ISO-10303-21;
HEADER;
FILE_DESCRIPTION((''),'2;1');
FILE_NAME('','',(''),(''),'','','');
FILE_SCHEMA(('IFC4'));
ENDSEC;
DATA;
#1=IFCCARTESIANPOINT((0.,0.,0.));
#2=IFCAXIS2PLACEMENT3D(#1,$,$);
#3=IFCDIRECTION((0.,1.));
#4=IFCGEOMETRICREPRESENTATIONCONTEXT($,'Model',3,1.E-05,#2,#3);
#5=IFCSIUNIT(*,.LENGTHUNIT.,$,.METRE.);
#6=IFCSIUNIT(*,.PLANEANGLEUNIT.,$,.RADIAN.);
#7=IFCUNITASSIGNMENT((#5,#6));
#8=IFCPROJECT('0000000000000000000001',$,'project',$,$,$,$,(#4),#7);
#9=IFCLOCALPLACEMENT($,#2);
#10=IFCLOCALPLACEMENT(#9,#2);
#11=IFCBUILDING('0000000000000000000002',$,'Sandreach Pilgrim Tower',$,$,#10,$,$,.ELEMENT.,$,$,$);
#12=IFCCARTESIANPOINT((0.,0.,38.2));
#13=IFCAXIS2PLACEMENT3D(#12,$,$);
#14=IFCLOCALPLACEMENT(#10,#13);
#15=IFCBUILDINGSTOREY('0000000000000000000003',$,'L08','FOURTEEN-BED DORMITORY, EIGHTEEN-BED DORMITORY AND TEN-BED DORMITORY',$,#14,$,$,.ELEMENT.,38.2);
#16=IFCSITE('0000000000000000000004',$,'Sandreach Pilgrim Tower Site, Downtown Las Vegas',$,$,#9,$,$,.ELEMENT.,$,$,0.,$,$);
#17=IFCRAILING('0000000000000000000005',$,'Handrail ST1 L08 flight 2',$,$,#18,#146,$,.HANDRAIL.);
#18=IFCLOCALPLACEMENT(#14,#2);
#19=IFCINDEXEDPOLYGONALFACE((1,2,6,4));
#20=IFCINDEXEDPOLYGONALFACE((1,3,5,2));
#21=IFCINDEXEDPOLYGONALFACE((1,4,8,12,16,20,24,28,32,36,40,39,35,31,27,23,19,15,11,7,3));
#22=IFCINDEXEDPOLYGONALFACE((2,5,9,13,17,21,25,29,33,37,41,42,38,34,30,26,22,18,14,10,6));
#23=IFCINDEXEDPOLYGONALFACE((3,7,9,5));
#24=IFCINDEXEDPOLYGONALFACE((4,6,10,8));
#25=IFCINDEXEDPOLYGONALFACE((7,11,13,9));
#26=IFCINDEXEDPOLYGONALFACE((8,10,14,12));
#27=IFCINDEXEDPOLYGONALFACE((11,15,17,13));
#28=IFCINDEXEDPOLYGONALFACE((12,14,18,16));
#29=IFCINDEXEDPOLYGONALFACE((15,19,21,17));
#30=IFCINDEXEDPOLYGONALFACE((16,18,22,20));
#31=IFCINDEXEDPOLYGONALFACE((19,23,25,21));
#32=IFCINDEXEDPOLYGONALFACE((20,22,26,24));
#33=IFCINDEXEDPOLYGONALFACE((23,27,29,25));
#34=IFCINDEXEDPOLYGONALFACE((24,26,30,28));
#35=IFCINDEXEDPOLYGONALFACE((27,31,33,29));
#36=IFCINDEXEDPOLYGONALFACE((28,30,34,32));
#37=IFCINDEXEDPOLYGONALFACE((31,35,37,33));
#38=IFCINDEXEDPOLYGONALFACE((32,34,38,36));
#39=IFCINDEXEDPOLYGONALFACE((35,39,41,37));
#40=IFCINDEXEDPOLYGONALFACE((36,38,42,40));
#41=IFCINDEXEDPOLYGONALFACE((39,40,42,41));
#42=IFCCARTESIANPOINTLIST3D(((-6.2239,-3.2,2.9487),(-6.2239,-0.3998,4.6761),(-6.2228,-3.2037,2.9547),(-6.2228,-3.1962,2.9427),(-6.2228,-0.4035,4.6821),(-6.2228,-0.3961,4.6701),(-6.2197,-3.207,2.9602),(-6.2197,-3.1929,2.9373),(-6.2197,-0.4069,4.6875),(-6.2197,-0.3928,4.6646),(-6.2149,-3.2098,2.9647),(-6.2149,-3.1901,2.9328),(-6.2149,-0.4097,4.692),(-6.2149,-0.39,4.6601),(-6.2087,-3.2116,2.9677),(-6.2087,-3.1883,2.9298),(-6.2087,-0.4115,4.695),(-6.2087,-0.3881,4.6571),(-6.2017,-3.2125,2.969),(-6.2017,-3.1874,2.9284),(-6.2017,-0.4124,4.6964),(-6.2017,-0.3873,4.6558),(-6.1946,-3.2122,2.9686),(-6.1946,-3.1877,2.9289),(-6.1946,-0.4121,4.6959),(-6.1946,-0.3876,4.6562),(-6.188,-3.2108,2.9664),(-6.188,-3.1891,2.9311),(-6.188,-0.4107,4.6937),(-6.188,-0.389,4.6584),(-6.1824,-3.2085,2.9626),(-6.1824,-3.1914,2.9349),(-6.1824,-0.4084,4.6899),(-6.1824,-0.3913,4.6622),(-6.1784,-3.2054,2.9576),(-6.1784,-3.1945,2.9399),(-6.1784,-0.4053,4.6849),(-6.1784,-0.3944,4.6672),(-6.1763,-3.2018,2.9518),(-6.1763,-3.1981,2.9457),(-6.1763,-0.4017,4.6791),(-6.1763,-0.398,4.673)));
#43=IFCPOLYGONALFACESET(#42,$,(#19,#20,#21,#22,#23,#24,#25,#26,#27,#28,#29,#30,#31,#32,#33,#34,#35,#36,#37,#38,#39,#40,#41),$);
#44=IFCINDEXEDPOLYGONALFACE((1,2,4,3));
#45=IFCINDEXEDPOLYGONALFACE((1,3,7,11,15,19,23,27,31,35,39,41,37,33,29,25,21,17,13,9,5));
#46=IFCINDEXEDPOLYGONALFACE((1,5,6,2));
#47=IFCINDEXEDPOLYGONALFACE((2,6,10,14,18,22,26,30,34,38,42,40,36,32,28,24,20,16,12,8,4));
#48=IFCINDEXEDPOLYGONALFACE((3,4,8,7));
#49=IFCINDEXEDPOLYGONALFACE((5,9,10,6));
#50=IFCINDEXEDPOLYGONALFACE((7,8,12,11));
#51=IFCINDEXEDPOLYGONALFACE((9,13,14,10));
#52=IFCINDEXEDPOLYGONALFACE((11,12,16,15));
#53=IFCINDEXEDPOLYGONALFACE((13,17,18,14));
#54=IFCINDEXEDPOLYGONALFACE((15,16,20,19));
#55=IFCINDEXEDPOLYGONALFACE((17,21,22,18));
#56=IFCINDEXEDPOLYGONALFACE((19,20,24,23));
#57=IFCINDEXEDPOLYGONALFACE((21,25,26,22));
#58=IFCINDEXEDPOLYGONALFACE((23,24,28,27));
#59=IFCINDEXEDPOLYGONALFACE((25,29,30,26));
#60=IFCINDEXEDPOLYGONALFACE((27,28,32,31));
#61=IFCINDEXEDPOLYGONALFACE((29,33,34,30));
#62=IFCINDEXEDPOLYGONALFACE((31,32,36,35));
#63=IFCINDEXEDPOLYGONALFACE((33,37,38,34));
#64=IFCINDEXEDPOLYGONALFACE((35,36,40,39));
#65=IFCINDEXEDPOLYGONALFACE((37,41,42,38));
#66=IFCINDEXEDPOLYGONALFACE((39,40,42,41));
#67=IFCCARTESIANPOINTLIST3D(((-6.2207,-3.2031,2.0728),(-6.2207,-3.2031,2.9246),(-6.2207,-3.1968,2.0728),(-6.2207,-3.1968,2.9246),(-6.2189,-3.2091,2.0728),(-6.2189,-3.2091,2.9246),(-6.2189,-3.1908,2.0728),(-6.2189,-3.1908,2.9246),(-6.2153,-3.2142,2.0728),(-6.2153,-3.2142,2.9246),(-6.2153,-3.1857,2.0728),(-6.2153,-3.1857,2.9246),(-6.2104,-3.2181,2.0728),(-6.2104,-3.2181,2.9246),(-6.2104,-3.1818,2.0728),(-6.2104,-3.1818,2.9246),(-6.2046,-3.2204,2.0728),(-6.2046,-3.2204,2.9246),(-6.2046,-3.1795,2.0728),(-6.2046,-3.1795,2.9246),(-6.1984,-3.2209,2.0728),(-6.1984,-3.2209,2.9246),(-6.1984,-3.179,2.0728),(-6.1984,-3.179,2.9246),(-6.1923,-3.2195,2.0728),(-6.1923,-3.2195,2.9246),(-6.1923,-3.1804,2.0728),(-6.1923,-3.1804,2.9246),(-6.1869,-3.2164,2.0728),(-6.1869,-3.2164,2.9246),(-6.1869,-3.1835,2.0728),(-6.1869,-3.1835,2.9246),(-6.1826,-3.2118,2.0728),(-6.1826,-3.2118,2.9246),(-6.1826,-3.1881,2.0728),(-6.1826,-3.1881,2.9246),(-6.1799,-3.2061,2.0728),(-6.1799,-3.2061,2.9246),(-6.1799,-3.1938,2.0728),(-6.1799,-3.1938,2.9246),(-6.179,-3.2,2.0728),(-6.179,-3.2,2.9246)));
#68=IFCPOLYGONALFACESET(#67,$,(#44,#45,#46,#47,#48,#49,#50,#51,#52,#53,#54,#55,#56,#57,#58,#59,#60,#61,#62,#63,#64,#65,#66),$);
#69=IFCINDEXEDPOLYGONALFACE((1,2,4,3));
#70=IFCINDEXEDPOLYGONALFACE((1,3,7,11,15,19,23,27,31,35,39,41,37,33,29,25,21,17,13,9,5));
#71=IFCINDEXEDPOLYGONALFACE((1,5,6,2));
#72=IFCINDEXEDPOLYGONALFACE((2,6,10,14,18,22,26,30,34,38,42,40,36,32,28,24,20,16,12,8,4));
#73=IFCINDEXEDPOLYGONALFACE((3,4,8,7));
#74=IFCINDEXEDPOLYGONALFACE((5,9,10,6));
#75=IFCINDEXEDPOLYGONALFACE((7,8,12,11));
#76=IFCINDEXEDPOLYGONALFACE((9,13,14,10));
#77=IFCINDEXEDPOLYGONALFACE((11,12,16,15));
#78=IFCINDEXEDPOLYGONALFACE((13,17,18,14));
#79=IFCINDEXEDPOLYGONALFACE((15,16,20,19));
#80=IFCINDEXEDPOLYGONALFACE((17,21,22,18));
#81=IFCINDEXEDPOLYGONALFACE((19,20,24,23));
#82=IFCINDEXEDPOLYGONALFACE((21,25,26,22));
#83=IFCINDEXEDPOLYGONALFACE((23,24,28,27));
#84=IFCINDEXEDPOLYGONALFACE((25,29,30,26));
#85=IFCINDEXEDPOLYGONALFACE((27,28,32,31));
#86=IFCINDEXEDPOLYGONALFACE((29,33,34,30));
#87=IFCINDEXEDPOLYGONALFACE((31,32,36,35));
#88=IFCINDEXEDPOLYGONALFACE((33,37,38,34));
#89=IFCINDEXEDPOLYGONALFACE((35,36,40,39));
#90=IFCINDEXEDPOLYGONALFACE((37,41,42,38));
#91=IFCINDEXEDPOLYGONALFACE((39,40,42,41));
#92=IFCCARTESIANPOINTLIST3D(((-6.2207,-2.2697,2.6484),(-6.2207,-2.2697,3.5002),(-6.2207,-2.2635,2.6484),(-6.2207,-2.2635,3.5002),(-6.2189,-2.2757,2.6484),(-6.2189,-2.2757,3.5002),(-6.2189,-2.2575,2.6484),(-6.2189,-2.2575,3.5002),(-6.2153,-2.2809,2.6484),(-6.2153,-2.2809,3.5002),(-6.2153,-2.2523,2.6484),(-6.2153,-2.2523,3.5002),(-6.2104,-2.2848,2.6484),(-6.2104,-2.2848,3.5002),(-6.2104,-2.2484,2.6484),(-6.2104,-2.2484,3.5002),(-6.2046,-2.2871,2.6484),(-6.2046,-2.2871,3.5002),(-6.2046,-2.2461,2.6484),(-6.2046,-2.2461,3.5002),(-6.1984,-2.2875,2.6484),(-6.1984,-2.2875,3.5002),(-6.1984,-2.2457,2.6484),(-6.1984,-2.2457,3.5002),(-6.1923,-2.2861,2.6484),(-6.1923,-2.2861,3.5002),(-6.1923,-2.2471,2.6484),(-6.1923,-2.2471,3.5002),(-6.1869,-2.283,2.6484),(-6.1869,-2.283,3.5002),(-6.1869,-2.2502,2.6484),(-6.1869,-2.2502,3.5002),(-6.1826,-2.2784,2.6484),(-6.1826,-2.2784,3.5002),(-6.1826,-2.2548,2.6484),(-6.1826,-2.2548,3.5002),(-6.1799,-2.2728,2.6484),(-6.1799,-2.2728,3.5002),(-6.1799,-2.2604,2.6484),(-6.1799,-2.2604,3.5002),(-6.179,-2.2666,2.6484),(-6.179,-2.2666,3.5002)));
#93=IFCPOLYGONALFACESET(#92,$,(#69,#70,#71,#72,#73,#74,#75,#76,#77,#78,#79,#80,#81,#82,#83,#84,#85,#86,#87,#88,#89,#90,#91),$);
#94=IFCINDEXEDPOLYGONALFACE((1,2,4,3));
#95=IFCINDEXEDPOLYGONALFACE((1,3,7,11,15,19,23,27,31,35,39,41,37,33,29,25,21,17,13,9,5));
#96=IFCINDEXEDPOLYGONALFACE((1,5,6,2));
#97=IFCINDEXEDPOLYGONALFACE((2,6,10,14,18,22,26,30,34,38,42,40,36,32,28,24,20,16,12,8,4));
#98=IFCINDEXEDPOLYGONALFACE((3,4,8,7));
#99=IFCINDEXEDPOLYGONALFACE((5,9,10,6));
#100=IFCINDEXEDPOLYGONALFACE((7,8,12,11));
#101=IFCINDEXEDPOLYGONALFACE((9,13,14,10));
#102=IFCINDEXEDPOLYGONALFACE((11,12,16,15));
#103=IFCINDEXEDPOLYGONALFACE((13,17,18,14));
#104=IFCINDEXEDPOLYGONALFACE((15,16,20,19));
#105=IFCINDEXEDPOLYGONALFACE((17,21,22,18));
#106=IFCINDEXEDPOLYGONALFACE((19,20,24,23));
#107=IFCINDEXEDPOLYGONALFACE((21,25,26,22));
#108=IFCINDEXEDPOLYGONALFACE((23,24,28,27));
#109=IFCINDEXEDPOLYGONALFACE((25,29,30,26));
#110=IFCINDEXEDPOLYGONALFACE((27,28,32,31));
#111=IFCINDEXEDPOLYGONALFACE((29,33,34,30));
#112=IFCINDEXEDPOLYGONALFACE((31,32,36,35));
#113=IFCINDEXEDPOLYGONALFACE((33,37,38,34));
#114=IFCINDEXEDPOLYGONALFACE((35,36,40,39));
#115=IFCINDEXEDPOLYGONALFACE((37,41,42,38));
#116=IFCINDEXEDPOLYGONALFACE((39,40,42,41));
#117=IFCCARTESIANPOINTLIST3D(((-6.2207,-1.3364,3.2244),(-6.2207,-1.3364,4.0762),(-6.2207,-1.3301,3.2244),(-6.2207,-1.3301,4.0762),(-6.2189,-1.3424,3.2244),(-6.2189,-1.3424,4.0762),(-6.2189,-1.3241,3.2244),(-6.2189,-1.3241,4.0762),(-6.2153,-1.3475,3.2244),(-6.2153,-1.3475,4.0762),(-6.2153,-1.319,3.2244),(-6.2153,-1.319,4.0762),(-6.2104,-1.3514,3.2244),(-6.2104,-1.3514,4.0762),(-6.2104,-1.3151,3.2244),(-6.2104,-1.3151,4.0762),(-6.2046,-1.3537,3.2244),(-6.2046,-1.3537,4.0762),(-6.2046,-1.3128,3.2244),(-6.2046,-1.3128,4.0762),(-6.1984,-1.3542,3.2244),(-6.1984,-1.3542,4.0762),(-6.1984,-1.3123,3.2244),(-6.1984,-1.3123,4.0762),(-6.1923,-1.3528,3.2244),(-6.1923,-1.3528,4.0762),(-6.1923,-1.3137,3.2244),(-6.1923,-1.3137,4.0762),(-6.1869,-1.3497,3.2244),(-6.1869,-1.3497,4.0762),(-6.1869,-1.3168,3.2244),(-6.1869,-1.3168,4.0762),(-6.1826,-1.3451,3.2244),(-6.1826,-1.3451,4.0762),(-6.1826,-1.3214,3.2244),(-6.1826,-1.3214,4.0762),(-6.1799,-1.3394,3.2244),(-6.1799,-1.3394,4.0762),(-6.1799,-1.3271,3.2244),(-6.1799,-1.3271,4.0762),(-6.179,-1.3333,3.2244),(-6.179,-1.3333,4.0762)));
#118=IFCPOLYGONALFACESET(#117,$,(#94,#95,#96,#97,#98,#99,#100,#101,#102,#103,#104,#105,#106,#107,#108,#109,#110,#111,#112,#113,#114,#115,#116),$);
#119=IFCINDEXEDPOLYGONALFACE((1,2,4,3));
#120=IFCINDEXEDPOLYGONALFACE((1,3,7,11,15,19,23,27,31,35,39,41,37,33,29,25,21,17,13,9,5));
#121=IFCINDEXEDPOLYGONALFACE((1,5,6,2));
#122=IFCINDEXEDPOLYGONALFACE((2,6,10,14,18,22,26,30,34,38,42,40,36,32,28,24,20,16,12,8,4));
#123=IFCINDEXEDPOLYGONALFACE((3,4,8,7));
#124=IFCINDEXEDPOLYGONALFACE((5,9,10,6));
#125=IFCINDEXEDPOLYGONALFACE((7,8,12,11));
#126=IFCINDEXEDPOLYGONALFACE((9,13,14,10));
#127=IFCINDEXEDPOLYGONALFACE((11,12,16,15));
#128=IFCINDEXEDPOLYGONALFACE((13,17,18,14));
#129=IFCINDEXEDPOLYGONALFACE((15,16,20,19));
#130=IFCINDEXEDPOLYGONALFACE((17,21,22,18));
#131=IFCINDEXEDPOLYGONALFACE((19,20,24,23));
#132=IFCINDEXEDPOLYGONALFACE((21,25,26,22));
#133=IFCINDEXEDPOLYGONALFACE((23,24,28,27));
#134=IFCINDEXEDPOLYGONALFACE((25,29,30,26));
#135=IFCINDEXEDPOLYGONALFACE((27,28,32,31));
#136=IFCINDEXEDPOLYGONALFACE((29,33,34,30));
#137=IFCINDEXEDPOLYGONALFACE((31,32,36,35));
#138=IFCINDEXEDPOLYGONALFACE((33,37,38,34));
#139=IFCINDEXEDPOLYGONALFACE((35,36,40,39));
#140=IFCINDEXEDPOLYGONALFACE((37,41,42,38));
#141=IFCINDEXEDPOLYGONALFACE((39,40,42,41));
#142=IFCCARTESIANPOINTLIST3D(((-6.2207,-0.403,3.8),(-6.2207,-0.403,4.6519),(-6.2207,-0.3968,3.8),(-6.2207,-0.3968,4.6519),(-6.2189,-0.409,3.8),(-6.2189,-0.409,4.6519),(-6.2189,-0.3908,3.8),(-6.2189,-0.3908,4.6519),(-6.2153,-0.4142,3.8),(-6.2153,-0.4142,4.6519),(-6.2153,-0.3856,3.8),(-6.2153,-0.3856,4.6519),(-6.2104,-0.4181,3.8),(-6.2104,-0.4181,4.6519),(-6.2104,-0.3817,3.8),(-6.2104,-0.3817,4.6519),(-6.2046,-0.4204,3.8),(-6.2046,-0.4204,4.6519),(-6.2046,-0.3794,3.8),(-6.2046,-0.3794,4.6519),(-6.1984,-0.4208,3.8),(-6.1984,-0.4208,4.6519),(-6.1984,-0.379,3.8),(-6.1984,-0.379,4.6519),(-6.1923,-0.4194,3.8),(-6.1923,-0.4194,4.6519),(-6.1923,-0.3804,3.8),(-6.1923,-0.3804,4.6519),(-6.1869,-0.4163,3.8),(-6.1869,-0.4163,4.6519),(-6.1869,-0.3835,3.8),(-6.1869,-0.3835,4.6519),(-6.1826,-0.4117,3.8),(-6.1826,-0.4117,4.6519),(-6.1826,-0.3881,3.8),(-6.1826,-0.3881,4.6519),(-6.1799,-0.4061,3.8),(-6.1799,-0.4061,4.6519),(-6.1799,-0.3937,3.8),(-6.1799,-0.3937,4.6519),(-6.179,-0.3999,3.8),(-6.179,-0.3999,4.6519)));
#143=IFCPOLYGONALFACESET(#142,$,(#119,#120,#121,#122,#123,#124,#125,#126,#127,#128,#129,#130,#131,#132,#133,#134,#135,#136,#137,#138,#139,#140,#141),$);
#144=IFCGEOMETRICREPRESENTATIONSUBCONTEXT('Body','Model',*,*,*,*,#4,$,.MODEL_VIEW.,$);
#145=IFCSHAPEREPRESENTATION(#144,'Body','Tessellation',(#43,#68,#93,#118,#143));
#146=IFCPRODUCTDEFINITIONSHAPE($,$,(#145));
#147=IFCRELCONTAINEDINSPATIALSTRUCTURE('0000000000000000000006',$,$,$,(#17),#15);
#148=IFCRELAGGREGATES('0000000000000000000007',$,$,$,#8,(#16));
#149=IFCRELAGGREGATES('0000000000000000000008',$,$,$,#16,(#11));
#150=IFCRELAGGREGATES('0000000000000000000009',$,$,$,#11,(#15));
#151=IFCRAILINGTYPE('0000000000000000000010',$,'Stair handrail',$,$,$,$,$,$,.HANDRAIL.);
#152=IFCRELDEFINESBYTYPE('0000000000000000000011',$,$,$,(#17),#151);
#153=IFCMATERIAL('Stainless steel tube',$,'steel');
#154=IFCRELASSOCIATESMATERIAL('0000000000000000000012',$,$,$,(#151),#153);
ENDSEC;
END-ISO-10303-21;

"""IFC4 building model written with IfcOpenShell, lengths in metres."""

from ifc_helpers import new_model, si_unit, direction, frame, origin, origin_2d, place, context, subcontext, project, spatial, circle, extrude, material, type_object, element, save


model = new_model("IFC4")

# Units and contexts
model_context = context("Model", 3, precision=1e-05, world=origin(), true_north=direction((0.0, 1.0)))
body_context = subcontext(model_context, "Body", "Model", "MODEL_VIEW")
ifc_project = project(units=[si_unit("LENGTHUNIT", "METRE"), si_unit("PLANEANGLEUNIT", "RADIAN")], contexts=[model_context])

# Site, building, storey
site_placement = place(None, origin())
site = spatial("IfcSite", under=ifc_project, at=site_placement, Name="Sandreach Pilgrim Tower Site, Downtown Las Vegas", CompositionType="ELEMENT", RefElevation=0.0)
building_placement = place(site_placement, origin())
building = spatial("IfcBuilding", under=site, at=building_placement, Name="Sandreach Pilgrim Tower", CompositionType="ELEMENT")
storey_placement = place(building_placement, frame((0.0, 0.0, 38.2)))
storey = spatial("IfcBuildingStorey", under=building, at=storey_placement, Name="L08", Description="FOURTEEN-BED DORMITORY, EIGHTEEN-BED DORMITORY AND TEN-BED DORMITORY", CompositionType="ELEMENT", Elevation=38.2)

# Railing
ifc_material_1 = material(Name="Stainless steel tube", Category="steel")
railing_type = type_object("IfcRailingType", Name="Stair handrail", PredefinedType="HANDRAIL", material=ifc_material_1)
for number, where, name in (
    (1, (-6.2, -3.2, 2.0728), "Handrail ST1 L08 flight 2"),
):
    element("IfcRailing", number, at=place(storey_placement, frame(where)), inside=storey, type_object=railing_type, Name=name, PredefinedType="HANDRAIL", context=body_context, shape_type="SweptSolid", body=[
        extrude(circle(Radius=0.0239, at=origin_2d()), frame((0.0, 0.0, 0.876), z_axis=(0.0, 0.85109, 0.52502), x_axis=(-1.0, 0.0, 0.0)), (0.0, 0.0, 1.0), 3.29),
        extrude(circle(Radius=0.021, at=origin_2d()), origin(), (0.0, 0.0, 1.0), 0.8518),
        extrude(circle(Radius=0.021, at=origin_2d()), frame((0.0, 0.9333, 0.5757)), (0.0, 0.0, 1.0), 0.8518),
        extrude(circle(Radius=0.021, at=origin_2d()), frame((0.0, 1.8667, 1.1516)), (0.0, 0.0, 1.0), 0.8518),
        extrude(circle(Radius=0.021, at=origin_2d()), frame((0.0, 2.8, 1.7273)), (0.0, 0.0, 1.0), 0.8518),
    ])

save(model, "model.ifc")
